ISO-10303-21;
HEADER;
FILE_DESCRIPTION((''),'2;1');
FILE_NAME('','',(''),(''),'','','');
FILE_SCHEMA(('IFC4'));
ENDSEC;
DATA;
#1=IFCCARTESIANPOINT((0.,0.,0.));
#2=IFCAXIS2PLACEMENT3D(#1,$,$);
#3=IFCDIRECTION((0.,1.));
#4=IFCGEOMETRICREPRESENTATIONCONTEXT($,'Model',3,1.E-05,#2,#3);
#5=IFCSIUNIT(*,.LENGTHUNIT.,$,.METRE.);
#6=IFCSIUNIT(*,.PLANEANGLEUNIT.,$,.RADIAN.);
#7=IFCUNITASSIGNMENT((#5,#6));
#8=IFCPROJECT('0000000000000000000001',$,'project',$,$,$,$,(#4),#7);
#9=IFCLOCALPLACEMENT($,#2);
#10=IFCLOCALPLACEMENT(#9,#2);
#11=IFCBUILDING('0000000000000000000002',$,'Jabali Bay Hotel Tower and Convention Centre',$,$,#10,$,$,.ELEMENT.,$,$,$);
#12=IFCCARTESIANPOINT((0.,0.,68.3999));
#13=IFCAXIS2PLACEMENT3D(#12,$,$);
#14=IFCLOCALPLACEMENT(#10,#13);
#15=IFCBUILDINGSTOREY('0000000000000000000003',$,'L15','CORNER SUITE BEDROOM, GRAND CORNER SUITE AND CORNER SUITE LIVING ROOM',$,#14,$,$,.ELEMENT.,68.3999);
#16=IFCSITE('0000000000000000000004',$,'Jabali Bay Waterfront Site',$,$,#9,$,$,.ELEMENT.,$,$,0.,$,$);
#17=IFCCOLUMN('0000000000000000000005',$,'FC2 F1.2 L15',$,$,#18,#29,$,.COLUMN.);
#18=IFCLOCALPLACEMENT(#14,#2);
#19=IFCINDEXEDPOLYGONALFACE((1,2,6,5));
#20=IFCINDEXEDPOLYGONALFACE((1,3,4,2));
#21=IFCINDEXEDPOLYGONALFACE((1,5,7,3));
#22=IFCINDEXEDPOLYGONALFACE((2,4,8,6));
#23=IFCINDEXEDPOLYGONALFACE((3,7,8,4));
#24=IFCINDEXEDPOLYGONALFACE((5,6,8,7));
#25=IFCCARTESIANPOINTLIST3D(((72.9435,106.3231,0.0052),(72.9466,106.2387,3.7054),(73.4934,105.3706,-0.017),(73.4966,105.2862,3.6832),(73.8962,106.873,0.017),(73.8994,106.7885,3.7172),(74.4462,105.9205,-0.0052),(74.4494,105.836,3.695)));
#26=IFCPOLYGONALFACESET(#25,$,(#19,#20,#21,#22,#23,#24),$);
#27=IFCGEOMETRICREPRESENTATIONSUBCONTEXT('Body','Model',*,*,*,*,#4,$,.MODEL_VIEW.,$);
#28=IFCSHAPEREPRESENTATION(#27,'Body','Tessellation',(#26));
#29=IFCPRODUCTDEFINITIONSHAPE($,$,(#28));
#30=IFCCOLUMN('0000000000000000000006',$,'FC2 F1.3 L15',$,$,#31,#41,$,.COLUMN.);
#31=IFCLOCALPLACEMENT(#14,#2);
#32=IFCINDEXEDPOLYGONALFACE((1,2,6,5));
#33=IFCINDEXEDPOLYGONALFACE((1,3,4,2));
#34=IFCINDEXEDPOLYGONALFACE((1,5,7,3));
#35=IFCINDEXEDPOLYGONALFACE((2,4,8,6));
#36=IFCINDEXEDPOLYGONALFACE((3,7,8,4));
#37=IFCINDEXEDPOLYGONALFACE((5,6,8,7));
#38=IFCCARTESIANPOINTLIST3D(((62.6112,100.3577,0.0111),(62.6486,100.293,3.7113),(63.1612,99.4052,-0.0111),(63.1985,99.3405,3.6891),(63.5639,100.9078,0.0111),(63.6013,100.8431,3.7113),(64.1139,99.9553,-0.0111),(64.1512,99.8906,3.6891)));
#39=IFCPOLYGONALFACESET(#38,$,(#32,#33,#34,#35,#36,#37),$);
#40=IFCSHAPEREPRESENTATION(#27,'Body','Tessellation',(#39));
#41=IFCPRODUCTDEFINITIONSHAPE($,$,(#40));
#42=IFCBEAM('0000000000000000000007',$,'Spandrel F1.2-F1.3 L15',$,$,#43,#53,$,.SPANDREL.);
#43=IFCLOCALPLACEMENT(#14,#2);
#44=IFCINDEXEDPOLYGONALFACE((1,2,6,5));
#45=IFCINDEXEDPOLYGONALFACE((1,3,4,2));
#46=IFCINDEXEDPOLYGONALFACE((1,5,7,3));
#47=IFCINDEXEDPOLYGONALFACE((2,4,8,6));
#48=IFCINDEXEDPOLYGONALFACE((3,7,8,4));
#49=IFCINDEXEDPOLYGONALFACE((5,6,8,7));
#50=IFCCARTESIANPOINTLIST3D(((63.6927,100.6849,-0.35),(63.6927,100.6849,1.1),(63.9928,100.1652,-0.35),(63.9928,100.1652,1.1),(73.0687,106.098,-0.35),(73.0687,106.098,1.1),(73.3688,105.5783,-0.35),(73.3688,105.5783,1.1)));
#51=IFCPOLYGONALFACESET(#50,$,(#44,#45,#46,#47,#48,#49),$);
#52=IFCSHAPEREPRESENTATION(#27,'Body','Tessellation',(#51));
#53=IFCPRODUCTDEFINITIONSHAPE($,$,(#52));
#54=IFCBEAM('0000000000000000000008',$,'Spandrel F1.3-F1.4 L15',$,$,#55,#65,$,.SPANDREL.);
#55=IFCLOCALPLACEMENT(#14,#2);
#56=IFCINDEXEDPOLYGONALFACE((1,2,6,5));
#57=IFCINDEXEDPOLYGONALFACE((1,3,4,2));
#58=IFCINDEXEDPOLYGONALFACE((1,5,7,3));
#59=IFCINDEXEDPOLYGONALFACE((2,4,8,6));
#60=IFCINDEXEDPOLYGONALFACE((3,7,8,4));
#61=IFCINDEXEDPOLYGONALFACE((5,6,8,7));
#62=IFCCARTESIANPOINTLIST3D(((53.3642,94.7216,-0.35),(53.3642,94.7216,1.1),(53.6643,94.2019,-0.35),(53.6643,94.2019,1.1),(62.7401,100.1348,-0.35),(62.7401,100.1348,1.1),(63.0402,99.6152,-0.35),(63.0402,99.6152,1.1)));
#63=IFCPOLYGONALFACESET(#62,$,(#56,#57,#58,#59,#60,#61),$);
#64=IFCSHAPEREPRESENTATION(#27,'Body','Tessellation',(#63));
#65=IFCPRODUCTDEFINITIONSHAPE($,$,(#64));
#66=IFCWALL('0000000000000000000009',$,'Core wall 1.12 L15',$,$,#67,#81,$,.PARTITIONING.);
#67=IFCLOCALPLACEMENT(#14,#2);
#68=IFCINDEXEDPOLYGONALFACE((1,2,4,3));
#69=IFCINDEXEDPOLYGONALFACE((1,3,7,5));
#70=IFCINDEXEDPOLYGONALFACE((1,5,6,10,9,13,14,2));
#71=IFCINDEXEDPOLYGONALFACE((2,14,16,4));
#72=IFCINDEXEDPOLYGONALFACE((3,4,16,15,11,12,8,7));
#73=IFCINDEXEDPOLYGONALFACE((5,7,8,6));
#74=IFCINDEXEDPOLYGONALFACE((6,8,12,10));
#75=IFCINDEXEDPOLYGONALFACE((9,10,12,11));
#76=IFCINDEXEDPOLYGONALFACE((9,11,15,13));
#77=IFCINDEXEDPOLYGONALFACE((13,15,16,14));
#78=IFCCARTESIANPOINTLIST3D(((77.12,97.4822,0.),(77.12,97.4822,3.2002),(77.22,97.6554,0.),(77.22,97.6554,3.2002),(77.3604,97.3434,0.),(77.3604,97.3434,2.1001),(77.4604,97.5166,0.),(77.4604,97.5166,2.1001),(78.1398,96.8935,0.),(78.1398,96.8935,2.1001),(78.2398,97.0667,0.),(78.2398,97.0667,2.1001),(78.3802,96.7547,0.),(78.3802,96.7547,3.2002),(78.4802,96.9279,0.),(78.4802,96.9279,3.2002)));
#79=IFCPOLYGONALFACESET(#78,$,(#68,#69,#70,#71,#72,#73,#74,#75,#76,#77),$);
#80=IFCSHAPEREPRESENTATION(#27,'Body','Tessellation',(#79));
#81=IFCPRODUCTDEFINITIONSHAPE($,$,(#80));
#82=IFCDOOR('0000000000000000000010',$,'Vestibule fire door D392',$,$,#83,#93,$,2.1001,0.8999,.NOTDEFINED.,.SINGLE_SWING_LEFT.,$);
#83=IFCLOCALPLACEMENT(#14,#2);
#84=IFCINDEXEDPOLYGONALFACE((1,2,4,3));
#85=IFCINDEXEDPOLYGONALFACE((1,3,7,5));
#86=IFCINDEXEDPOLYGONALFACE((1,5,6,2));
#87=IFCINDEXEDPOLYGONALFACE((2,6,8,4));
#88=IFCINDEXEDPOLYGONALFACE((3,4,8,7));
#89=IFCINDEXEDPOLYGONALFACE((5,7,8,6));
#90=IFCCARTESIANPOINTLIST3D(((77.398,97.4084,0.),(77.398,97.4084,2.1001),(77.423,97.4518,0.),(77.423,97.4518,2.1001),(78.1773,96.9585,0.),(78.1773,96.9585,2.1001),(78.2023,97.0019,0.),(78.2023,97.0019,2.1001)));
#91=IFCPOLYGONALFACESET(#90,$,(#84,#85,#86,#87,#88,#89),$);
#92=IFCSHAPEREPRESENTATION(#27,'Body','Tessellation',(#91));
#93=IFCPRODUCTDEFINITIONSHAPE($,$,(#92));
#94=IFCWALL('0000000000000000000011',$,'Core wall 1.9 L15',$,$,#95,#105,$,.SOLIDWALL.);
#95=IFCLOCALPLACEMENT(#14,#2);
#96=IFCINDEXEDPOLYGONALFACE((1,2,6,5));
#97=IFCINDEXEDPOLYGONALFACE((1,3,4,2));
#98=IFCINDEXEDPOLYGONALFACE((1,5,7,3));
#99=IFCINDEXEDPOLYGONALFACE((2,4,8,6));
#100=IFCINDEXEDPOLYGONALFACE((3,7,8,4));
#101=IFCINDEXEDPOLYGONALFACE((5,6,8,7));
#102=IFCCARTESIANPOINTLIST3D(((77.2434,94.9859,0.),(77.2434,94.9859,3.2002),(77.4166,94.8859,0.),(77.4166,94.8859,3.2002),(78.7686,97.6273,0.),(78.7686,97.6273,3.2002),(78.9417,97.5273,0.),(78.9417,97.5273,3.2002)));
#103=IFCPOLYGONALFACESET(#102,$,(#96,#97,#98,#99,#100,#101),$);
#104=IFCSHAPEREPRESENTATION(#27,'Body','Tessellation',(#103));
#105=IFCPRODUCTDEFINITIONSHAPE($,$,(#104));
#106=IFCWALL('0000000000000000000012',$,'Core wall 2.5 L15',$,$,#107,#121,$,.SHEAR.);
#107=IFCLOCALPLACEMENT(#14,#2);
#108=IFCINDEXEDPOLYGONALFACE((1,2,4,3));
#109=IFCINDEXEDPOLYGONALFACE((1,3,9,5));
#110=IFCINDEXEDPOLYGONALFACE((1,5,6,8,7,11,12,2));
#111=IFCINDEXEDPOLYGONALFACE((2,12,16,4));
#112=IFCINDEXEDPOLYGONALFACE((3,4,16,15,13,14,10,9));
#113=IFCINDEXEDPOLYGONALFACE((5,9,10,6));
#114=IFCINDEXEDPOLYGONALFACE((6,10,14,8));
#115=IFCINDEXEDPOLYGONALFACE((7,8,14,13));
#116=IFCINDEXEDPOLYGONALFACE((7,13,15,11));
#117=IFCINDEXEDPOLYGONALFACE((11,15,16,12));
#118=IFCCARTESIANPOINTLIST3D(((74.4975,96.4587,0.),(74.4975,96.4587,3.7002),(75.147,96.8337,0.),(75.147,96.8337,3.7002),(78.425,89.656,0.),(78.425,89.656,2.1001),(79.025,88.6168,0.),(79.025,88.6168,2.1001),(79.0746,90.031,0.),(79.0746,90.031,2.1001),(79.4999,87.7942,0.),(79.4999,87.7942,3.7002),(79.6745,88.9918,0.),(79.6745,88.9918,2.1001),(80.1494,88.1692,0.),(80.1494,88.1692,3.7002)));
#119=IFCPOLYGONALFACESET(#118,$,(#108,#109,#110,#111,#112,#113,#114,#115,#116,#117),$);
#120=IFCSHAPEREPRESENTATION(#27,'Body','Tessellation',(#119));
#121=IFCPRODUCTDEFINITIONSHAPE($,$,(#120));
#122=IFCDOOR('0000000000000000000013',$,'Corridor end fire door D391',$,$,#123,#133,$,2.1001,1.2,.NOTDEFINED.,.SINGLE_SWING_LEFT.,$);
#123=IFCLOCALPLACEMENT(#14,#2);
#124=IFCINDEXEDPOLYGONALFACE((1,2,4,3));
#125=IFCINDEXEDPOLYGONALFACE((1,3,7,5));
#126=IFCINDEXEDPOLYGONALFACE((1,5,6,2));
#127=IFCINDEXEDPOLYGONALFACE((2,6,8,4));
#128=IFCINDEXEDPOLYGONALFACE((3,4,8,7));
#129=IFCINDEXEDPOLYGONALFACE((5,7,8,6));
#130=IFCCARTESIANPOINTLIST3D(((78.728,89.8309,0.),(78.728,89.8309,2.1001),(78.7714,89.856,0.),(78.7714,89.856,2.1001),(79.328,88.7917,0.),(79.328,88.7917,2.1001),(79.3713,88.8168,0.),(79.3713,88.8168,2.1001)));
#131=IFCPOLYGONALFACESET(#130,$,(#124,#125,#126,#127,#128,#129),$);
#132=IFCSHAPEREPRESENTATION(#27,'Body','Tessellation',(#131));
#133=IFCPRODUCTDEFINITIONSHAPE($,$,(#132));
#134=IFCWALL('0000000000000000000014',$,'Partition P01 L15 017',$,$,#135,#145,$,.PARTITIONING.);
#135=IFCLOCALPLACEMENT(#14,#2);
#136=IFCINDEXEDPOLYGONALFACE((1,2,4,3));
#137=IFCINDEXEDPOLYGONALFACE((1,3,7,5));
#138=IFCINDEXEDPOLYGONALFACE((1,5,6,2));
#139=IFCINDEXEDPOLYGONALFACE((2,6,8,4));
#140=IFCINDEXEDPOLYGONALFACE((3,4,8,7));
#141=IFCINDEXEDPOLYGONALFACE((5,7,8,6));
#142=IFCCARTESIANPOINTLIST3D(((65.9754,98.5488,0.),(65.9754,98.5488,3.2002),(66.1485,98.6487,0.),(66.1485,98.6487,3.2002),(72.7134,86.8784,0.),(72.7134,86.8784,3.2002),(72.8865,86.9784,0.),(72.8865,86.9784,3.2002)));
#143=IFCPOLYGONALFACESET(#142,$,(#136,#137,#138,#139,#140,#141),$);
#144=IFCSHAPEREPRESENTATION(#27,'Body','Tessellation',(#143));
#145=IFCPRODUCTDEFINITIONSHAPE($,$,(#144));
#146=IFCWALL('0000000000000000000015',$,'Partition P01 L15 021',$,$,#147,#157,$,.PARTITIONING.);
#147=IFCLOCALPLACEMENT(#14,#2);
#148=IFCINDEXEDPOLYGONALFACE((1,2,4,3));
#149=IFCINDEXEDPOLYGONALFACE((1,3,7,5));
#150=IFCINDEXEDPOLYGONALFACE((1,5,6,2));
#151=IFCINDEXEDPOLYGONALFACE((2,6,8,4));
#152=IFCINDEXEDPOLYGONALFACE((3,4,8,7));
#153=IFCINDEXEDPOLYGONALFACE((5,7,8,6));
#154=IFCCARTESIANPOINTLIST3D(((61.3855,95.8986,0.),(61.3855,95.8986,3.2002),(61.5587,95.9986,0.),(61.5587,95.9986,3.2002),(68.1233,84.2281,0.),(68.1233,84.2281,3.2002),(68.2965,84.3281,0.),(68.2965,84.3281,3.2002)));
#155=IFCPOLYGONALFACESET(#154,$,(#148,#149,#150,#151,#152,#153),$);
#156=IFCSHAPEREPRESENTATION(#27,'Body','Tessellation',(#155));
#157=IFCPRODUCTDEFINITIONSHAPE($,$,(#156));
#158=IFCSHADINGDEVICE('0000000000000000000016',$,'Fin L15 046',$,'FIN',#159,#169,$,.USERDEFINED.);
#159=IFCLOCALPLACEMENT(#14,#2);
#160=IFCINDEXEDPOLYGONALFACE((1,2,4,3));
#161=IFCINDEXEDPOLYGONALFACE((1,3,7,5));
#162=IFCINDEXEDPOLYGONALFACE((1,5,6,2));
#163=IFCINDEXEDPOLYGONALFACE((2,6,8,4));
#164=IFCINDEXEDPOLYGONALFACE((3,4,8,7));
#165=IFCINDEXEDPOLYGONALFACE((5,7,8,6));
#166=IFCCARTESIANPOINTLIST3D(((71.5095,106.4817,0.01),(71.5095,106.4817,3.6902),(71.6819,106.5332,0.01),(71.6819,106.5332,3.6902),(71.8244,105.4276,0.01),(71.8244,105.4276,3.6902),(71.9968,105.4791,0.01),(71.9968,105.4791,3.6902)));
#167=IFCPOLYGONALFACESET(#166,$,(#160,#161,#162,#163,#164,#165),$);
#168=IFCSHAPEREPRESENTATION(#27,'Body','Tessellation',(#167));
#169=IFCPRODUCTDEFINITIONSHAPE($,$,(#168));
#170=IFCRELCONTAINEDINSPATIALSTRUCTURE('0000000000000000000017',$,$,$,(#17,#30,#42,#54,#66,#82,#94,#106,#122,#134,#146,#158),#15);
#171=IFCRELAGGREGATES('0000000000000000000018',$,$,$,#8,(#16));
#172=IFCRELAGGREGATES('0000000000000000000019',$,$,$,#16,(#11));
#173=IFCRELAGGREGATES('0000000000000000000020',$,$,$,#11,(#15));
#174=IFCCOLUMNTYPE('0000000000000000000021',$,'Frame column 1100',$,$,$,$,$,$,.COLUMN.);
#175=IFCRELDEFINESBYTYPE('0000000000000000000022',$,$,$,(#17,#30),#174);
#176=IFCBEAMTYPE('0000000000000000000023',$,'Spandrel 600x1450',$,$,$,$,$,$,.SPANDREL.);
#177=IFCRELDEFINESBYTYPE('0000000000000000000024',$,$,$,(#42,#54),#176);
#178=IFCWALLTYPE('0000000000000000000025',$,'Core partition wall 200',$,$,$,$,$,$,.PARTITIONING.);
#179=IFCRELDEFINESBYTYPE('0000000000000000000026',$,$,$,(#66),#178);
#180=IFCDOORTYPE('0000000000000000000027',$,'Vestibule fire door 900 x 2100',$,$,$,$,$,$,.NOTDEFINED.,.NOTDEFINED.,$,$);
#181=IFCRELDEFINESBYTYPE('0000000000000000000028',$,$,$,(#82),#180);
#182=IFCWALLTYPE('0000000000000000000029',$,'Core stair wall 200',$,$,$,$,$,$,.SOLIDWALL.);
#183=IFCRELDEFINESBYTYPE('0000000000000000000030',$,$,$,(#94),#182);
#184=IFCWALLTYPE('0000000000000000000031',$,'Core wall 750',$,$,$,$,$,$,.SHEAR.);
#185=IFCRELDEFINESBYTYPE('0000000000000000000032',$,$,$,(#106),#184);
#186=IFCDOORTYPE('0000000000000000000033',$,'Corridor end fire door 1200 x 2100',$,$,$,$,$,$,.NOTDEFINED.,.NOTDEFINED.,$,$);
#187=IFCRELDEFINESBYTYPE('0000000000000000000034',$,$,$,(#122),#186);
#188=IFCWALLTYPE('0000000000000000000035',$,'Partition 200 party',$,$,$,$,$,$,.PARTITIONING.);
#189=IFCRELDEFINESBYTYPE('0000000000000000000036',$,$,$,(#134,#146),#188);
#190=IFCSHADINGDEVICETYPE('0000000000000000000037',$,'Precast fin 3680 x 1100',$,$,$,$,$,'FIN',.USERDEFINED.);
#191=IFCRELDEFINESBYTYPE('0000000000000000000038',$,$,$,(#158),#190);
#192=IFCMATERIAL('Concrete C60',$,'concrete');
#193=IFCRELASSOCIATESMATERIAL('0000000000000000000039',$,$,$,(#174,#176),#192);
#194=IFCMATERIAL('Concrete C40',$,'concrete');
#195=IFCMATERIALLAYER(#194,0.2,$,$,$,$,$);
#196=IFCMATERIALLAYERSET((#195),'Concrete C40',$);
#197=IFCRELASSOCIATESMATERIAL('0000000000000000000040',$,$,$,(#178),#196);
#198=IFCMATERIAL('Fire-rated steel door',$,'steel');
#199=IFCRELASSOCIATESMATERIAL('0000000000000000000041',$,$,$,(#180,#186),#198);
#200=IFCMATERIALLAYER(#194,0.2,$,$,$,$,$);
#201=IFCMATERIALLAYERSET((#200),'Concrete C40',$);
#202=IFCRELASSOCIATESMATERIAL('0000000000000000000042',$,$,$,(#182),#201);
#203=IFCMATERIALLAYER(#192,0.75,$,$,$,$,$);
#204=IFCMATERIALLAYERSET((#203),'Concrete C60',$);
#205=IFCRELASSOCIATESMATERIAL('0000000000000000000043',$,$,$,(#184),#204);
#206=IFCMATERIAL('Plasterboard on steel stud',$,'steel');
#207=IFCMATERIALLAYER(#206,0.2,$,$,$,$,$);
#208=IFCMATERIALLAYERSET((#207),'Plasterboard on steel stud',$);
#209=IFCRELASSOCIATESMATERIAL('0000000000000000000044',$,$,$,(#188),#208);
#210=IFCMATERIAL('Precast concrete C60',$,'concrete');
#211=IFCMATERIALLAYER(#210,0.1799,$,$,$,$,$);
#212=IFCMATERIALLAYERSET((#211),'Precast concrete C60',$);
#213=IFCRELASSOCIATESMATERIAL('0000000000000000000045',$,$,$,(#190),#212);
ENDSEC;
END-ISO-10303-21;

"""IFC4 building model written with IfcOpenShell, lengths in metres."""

from ifc_helpers import new_model, si_unit, direction, frame, frame_2d, origin, origin_2d, place, context, subcontext, project, spatial, rectangle, extrude, material, layer, layer_set, material_profile, profile_set, type_object, element, fill, save


model = new_model("IFC4")

# Units and contexts
model_context = context("Model", 3, precision=1e-05, world=origin(), true_north=direction((0.0, 1.0)))
body_context = subcontext(model_context, "Body", "Model", "MODEL_VIEW")
ifc_project = project(units=[si_unit("LENGTHUNIT", "METRE"), si_unit("PLANEANGLEUNIT", "RADIAN")], contexts=[model_context])

# Site, building, storey
site_placement = place(None, origin())
site = spatial("IfcSite", under=ifc_project, at=site_placement, Name="Jabali Bay Waterfront Site", CompositionType="ELEMENT", RefElevation=0.0)
building_placement = place(site_placement, origin())
building = spatial("IfcBuilding", under=site, at=building_placement, Name="Jabali Bay Hotel Tower and Convention Centre", CompositionType="ELEMENT")
storey_placement = place(building_placement, frame((0.0, 0.0, 68.3999)))
storey = spatial("IfcBuildingStorey", under=building, at=storey_placement, Name="L15", Description="CORNER SUITE BEDROOM, GRAND CORNER SUITE AND CORNER SUITE LIVING ROOM", CompositionType="ELEMENT", Elevation=68.3999)

# Columns
ifc_material_1 = material(Name="Concrete C60", Category="concrete")
ifc_material_profile_1 = material_profile(ifc_material_1, rectangle(XDim=1.1001, YDim=1.1001, at=origin_2d()), Name="Frame column 1100")
ifc_profile_set_1 = profile_set([ifc_material_profile_1], Name="Concrete C60")
column_type = type_object("IfcColumnType", Name="Frame column 1100", PredefinedType="COLUMN", material=ifc_profile_set_1)
column_1_placement = place(storey_placement, frame((73.6948, 106.1218, 0.0), z_axis=(0.000858, -0.022823, 0.999739), x_axis=(0.866055, 0.499836, 0.010668)))
element("IfcColumn", 1, at=column_1_placement, inside=storey, type_object=column_type, Name="FC2 F1.2 L15", PredefinedType="COLUMN", context=body_context, shape_type="SweptSolid", body=[
    extrude(rectangle(XDim=1.1001, YDim=1.1001, at=origin_2d()), origin(), (0.0, 0.0, 1.0), 3.7012),
])
column_2_placement = place(storey_placement, frame((63.3625, 100.1565, 0.0), z_axis=(0.010093, -0.017481, 0.999796), x_axis=(0.86602, 0.500009, 0.0)))
element("IfcColumn", 2, at=column_2_placement, inside=storey, type_object=column_type, Name="FC2 F1.3 L15", PredefinedType="COLUMN", context=body_context, shape_type="SweptSolid", body=[
    extrude(rectangle(XDim=1.1001, YDim=1.1001, at=origin_2d()), origin(), (0.0, 0.0, 1.0), 3.7009),
])

# Beams
ifc_material_profile_2 = material_profile(ifc_material_1, rectangle(XDim=0.6001, YDim=1.45, at=origin_2d()), Name="Spandrel 600x1450")
ifc_profile_set_2 = profile_set([ifc_material_profile_2], Name="Concrete C60")
beam_type = type_object("IfcBeamType", Name="Spandrel 600x1450", PredefinedType="SPANDREL", material=ifc_profile_set_2)
for number, where, z_axis, x_axis, name in (
    (3, (73.2188, 105.8381, 0.375), (-0.866031, -0.499991, 0.0), (0.499991, -0.866031, 0.0), "Spandrel F1.2-F1.3 L15"),
    (4, (62.8901, 99.875, 0.375), (-0.866021, -0.500007, 0.0), (0.500007, -0.866021, 0.0), "Spandrel F1.3-F1.4 L15"),
):
    element("IfcBeam", number, at=place(storey_placement, frame(where, z_axis=z_axis, x_axis=x_axis)), inside=storey, type_object=beam_type, Name=name, PredefinedType="SPANDREL", context=body_context, shape_type="SweptSolid", body=[
        extrude(rectangle(XDim=0.6001, YDim=1.45, at=origin_2d()), origin(), (0.0, 0.0, 1.0), 10.8264),
    ])

# Wall, opening, door
ifc_material_2 = material(Name="Concrete C40", Category="concrete")
ifc_layer_1 = layer(ifc_material_2, 0.2)
ifc_layer_set_1 = layer_set([ifc_layer_1], Name="Concrete C40")
wall_type_1 = type_object("IfcWallType", Name="Core partition wall 200", PredefinedType="PARTITIONING", material=ifc_layer_set_1)
wall_1_placement = place(storey_placement, frame((78.4302, 96.8413, 0.0), z_axis=(0.0, 0.0, 1.0), x_axis=(-0.866046, 0.499965, 0.0)))
wall_1 = element("IfcWall", 5, at=wall_1_placement, inside=storey, type_object=wall_type_1, Name="Core wall 1.12 L15", PredefinedType="PARTITIONING", context=body_context, shape_type="SweptSolid", body=[
    extrude(rectangle(XDim=1.4551, YDim=0.2, at=frame_2d((0.7275, 0.0))), origin(), (0.0, 0.0, 1.0), 3.2002),
])
opening_1_placement = place(wall_1_placement, frame((0.2776, 0.0, 0.0)))
opening_1 = element("IfcOpeningElement", 6, at=opening_1_placement, cuts=wall_1, PredefinedType="OPENING", context=body_context, shape_type="SweptSolid", body=[
    extrude(rectangle(XDim=0.8999, YDim=2.1001, at=frame_2d((0.45, 1.05))), frame((0.0, 0.1104, 0.0), z_axis=(0.0, -1.0, 0.0), x_axis=(1.0, 0.0, 0.0)), (0.0, 0.0, 1.0), 0.2209),
])
ifc_material_3 = material(Name="Fire-rated steel door", Category="steel")
door_type_1 = type_object("IfcDoorType", Name="Vestibule fire door 900 x 2100", OperationType="NOTDEFINED", PredefinedType="NOTDEFINED", material=ifc_material_3)
door_1_placement = place(opening_1_placement, origin())
door_1 = element("IfcDoor", 7, at=door_1_placement, inside=storey, type_object=door_type_1, Name="Vestibule fire door D392", OperationType="SINGLE_SWING_LEFT", OverallHeight=2.1001, OverallWidth=0.8999, PredefinedType="NOTDEFINED", context=body_context, shape_type="SweptSolid", body=[
    extrude(rectangle(XDim=0.8999, YDim=2.1001, at=frame_2d((0.45, 1.05))), frame((0.0, 0.0249, 0.0), z_axis=(0.0, -1.0, 0.0), x_axis=(1.0, 0.0, 0.0)), (0.0, 0.0, 1.0), 0.05),
])
fill(opening_1, door_1)

# Wall
ifc_layer_2 = layer(ifc_material_2, 0.2)
ifc_layer_set_2 = layer_set([ifc_layer_2], Name="Concrete C40")
wall_type_2 = type_object("IfcWallType", Name="Core stair wall 200", PredefinedType="SOLIDWALL", material=ifc_layer_set_2)
wall_2_placement = place(storey_placement, frame((77.3301, 94.936, 0.0), z_axis=(0.0, 0.0, 1.0), x_axis=(0.500039, 0.866003, 0.0)))
element("IfcWall", 8, at=wall_2_placement, inside=storey, type_object=wall_type_2, Name="Core wall 1.9 L15", PredefinedType="SOLIDWALL", context=body_context, shape_type="SweptSolid", body=[
    extrude(rectangle(XDim=3.05, YDim=0.2, at=frame_2d((1.5249, 0.0))), origin(), (0.0, 0.0, 1.0), 3.2002),
])

# Wall, opening, door
ifc_layer_3 = layer(ifc_material_1, 0.75)
ifc_layer_set_3 = layer_set([ifc_layer_3], Name="Concrete C60")
wall_type_3 = type_object("IfcWallType", Name="Core wall 750", PredefinedType="SHEAR", material=ifc_layer_set_3)
wall_3_placement = place(storey_placement, frame((74.8223, 96.6462, 0.0), z_axis=(0.0, 0.0, 1.0), x_axis=(0.499997, -0.866027, 0.0)))
wall_3 = element("IfcWall", 9, at=wall_3_placement, inside=storey, type_object=wall_type_3, Name="Core wall 2.5 L15", PredefinedType="SHEAR", context=body_context, shape_type="SweptSolid", body=[
    extrude(rectangle(XDim=10.0049, YDim=0.75, at=frame_2d((5.0024, 0.0))), origin(), (0.0, 0.0, 1.0), 3.7002),
])
opening_2_placement = place(wall_3_placement, frame((7.855, 0.0, 0.0)))
opening_2 = element("IfcOpeningElement", 10, at=opening_2_placement, cuts=wall_3, PredefinedType="OPENING", context=body_context, shape_type="SweptSolid", body=[
    extrude(rectangle(XDim=1.2, YDim=2.1001, at=frame_2d((0.6001, 1.05))), frame((0.0, 0.3855, 0.0), z_axis=(0.0, -1.0, 0.0), x_axis=(1.0, 0.0, 0.0)), (0.0, 0.0, 1.0), 0.771),
])
door_type_2 = type_object("IfcDoorType", Name="Corridor end fire door 1200 x 2100", OperationType="NOTDEFINED", PredefinedType="NOTDEFINED", material=ifc_material_3)
door_2_placement = place(opening_2_placement, origin())
door_2 = element("IfcDoor", 11, at=door_2_placement, inside=storey, type_object=door_type_2, Name="Corridor end fire door D391", OperationType="SINGLE_SWING_LEFT", OverallHeight=2.1001, OverallWidth=1.2, PredefinedType="NOTDEFINED", context=body_context, shape_type="SweptSolid", body=[
    extrude(rectangle(XDim=1.2, YDim=2.1001, at=frame_2d((0.6001, 1.05))), frame((0.0, 0.0249, 0.0), z_axis=(0.0, -1.0, 0.0), x_axis=(1.0, 0.0, 0.0)), (0.0, 0.0, 1.0), 0.05),
])
fill(opening_2, door_2)

# Walls
ifc_material_4 = material(Name="Plasterboard on steel stud", Category="steel")
ifc_layer_4 = layer(ifc_material_4, 0.2)
ifc_layer_set_4 = layer_set([ifc_layer_4], Name="Plasterboard on steel stud")
wall_type_4 = type_object("IfcWallType", Name="Partition 200 party", PredefinedType="PARTITIONING", material=ifc_layer_set_4)
for number, where, z_axis, x_axis, name in (
    (12, (66.062, 98.5986, 0.0), (0.0, 0.0, 1.0), (0.500007, -0.866021, 0.0), "Partition P01 L15 017"),
    (13, (61.4722, 95.9485, 0.0), (0.0, 0.0, 1.0), (0.499993, -0.866029, 0.0), "Partition P01 L15 021"),
):
    element("IfcWall", number, at=place(storey_placement, frame(where, z_axis=z_axis, x_axis=x_axis)), inside=storey, type_object=wall_type_4, Name=name, PredefinedType="PARTITIONING", context=body_context, shape_type="SweptSolid", body=[
        extrude(rectangle(XDim=13.4758, YDim=0.2, at=frame_2d((6.7378, 0.0))), origin(), (0.0, 0.0, 1.0), 3.2002),
    ])

# Shading device
ifc_material_5 = material(Name="Precast concrete C60", Category="concrete")
ifc_layer_5 = layer(ifc_material_5, 0.1799)
ifc_layer_set_5 = layer_set([ifc_layer_5], Name="Precast concrete C60")
shading_device_type_1 = type_object("IfcShadingDeviceType", Name="Precast fin 3680 x 1100", ElementType="FIN", PredefinedType="USERDEFINED", material=ifc_layer_set_5)
shading_device_1_placement = place(storey_placement, frame((71.9106, 105.4534, 0.01), z_axis=(0.0, 0.0, 1.0), x_axis=(-0.286309, 0.958137, 0.0)))
element("IfcShadingDevice", 14, at=shading_device_1_placement, inside=storey, type_object=shading_device_type_1, Name="Fin L15 046", ObjectType="FIN", PredefinedType="USERDEFINED", context=body_context, shape_type="SweptSolid", body=[
    extrude(rectangle(XDim=1.1001, YDim=0.1799, at=frame_2d((0.55, 0.0))), origin(), (0.0, 0.0, 1.0), 3.6802),
])

save(model, "model.ifc")
